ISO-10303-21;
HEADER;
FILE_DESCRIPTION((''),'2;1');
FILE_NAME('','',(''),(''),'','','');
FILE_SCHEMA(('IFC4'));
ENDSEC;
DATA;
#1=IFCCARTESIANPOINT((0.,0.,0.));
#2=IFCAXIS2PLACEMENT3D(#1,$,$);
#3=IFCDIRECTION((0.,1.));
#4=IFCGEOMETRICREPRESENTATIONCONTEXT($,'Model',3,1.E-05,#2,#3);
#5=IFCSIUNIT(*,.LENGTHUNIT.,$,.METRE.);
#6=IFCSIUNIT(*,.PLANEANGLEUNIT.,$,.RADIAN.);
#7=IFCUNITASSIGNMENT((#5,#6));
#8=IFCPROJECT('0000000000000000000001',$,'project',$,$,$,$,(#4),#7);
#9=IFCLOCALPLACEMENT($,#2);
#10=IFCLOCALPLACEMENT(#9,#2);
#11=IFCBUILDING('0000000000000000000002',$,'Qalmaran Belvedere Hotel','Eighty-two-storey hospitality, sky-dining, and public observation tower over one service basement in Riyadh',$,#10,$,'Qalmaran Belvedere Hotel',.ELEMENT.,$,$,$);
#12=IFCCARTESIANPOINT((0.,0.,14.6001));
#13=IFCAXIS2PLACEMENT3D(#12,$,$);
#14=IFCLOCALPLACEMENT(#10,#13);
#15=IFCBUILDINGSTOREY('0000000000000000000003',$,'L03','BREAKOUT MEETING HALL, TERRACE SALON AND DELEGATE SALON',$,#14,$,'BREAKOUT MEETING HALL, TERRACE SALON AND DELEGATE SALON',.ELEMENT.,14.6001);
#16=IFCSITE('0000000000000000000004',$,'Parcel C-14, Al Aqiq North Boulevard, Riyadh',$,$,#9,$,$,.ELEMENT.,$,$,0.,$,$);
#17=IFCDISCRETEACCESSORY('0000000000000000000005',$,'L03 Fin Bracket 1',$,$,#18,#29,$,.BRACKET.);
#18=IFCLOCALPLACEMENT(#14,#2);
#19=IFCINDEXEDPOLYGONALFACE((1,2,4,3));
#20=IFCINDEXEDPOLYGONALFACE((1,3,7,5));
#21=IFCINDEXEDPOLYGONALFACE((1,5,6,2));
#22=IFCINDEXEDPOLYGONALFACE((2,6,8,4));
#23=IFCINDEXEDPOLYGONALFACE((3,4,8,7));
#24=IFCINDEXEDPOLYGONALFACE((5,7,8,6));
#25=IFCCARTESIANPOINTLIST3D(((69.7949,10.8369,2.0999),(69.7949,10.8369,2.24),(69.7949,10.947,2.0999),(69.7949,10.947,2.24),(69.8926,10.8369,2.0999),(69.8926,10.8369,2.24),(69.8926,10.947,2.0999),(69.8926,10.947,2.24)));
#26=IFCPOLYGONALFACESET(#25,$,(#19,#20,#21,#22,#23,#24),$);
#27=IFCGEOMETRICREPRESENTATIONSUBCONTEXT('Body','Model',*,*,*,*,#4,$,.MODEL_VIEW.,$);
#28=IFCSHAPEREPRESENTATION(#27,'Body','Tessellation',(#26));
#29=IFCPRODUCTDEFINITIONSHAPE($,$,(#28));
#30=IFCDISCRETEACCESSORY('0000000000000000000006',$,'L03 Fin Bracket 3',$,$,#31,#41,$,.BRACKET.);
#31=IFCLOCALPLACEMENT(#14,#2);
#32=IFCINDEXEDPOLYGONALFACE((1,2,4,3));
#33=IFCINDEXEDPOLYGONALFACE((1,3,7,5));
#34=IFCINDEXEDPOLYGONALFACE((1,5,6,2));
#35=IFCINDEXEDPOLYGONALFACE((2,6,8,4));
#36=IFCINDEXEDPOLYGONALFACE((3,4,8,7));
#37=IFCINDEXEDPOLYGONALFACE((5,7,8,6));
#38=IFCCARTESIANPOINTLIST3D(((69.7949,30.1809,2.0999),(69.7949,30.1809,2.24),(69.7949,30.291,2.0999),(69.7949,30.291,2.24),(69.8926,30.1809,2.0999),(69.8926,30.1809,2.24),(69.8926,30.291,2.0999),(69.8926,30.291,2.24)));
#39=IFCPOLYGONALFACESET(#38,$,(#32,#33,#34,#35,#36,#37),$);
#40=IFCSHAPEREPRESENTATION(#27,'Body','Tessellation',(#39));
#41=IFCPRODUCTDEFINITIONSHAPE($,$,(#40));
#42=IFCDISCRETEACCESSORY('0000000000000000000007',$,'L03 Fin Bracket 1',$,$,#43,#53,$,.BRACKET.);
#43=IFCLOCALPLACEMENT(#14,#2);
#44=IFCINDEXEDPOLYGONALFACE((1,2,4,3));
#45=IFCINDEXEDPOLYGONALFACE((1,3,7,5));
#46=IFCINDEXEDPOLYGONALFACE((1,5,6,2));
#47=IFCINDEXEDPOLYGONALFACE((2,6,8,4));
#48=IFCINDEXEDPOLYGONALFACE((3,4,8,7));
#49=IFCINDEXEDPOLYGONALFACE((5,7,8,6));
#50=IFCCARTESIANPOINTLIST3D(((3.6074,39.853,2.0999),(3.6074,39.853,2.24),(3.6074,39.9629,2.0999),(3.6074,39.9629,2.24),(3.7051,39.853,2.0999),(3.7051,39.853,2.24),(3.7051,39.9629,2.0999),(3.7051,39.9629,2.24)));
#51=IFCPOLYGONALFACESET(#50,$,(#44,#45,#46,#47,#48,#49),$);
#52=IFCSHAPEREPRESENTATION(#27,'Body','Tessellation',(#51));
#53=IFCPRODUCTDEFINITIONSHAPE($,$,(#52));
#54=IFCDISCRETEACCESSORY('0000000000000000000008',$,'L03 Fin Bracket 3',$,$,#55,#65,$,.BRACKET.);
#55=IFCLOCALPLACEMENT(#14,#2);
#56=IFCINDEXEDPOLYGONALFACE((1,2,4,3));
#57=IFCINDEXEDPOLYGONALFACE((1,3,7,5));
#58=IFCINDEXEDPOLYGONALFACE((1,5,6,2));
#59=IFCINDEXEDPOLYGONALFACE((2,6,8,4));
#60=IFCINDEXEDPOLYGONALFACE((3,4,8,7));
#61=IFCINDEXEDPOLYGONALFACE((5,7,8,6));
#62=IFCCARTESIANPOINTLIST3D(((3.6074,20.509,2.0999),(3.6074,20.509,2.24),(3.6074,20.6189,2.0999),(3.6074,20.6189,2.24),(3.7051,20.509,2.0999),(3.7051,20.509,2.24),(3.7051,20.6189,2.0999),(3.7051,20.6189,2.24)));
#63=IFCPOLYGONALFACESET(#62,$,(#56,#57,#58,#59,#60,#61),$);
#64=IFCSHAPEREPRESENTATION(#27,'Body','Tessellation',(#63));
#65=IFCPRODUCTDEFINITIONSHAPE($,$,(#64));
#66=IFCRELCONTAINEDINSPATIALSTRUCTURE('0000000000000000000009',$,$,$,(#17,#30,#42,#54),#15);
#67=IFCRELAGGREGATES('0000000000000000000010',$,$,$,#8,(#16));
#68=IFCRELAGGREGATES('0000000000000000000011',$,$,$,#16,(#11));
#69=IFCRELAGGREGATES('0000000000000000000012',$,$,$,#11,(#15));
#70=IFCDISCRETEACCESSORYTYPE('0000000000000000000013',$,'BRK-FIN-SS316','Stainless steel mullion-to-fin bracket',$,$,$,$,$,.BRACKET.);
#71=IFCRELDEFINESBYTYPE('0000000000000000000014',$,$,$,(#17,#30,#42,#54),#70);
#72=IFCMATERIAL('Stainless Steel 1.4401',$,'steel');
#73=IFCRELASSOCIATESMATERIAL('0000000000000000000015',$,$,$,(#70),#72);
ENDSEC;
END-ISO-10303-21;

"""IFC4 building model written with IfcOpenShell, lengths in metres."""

from ifc_helpers import new_model, si_unit, direction, frame, origin, place, context, subcontext, project, spatial, polyline, outline, extrude, material, type_object, element, save


model = new_model("IFC4")

# Units and contexts
model_context = context("Model", 3, precision=1e-05, world=origin(), true_north=direction((0.0, 1.0)))
body_context = subcontext(model_context, "Body", "Model", "MODEL_VIEW")
ifc_project = project(units=[si_unit("LENGTHUNIT", "METRE"), si_unit("PLANEANGLEUNIT", "RADIAN")], contexts=[model_context])

# Site, building, storey
site_placement = place(None, origin())
site = spatial("IfcSite", under=ifc_project, at=site_placement, Name="Parcel C-14, Al Aqiq North Boulevard, Riyadh", CompositionType="ELEMENT", RefElevation=0.0)
building_placement = place(site_placement, origin())
building = spatial("IfcBuilding", under=site, at=building_placement, Name="Qalmaran Belvedere Hotel", Description="Eighty-two-storey hospitality, sky-dining, and public observation tower over one service basement in Riyadh", LongName="Qalmaran Belvedere Hotel", CompositionType="ELEMENT")
storey_placement = place(building_placement, frame((0.0, 0.0, 14.6001)))
storey = spatial("IfcBuildingStorey", under=building, at=storey_placement, Name="L03", Description="BREAKOUT MEETING HALL, TERRACE SALON AND DELEGATE SALON", LongName="BREAKOUT MEETING HALL, TERRACE SALON AND DELEGATE SALON", CompositionType="ELEMENT", Elevation=14.6001)

# Discrete accessories
ifc_material_1 = material(Name="Stainless Steel 1.4401", Category="steel")
discrete_accessory_type = type_object("IfcDiscreteAccessoryType", Name="BRK-FIN-SS316", Description="Stainless steel mullion-to-fin bracket", PredefinedType="BRACKET", material=ifc_material_1)
discrete_accessory_1_placement = place(storey_placement, frame((0.0, 0.0, 2.0999)))
element("IfcDiscreteAccessory", 1, at=discrete_accessory_1_placement, inside=storey, type_object=discrete_accessory_type, Name="L03 Fin Bracket 1", PredefinedType="BRACKET", context=body_context, shape_type="SweptSolid", body=[
    extrude(outline(polyline([(69.7949, 10.8369), (69.8926, 10.8369), (69.8926, 10.947), (69.7949, 10.947), (69.7949, 10.8369)])), origin(), (0.0, 0.0, 1.0), 0.1401),
])
discrete_accessory_2_placement = place(storey_placement, frame((0.0, 0.0, 2.0999)))
element("IfcDiscreteAccessory", 2, at=discrete_accessory_2_placement, inside=storey, type_object=discrete_accessory_type, Name="L03 Fin Bracket 3", PredefinedType="BRACKET", context=body_context, shape_type="SweptSolid", body=[
    extrude(outline(polyline([(69.7949, 30.1809), (69.8926, 30.1809), (69.8926, 30.291), (69.7949, 30.291), (69.7949, 30.1809)])), origin(), (0.0, 0.0, 1.0), 0.1401),
])
discrete_accessory_3_placement = place(storey_placement, frame((0.0, 0.0, 2.0999)))
element("IfcDiscreteAccessory", 3, at=discrete_accessory_3_placement, inside=storey, type_object=discrete_accessory_type, Name="L03 Fin Bracket 1", PredefinedType="BRACKET", context=body_context, shape_type="SweptSolid", body=[
    extrude(outline(polyline([(3.7051, 39.9629), (3.6074, 39.9629), (3.6074, 39.853), (3.7051, 39.853), (3.7051, 39.9629)])), origin(), (0.0, 0.0, 1.0), 0.1401),
])
discrete_accessory_4_placement = place(storey_placement, frame((0.0, 0.0, 2.0999)))
element("IfcDiscreteAccessory", 4, at=discrete_accessory_4_placement, inside=storey, type_object=discrete_accessory_type, Name="L03 Fin Bracket 3", PredefinedType="BRACKET", context=body_context, shape_type="SweptSolid", body=[
    extrude(outline(polyline([(3.7051, 20.6189), (3.6074, 20.6189), (3.6074, 20.509), (3.7051, 20.509), (3.7051, 20.6189)])), origin(), (0.0, 0.0, 1.0), 0.1401),
])

save(model, "model.ifc")
